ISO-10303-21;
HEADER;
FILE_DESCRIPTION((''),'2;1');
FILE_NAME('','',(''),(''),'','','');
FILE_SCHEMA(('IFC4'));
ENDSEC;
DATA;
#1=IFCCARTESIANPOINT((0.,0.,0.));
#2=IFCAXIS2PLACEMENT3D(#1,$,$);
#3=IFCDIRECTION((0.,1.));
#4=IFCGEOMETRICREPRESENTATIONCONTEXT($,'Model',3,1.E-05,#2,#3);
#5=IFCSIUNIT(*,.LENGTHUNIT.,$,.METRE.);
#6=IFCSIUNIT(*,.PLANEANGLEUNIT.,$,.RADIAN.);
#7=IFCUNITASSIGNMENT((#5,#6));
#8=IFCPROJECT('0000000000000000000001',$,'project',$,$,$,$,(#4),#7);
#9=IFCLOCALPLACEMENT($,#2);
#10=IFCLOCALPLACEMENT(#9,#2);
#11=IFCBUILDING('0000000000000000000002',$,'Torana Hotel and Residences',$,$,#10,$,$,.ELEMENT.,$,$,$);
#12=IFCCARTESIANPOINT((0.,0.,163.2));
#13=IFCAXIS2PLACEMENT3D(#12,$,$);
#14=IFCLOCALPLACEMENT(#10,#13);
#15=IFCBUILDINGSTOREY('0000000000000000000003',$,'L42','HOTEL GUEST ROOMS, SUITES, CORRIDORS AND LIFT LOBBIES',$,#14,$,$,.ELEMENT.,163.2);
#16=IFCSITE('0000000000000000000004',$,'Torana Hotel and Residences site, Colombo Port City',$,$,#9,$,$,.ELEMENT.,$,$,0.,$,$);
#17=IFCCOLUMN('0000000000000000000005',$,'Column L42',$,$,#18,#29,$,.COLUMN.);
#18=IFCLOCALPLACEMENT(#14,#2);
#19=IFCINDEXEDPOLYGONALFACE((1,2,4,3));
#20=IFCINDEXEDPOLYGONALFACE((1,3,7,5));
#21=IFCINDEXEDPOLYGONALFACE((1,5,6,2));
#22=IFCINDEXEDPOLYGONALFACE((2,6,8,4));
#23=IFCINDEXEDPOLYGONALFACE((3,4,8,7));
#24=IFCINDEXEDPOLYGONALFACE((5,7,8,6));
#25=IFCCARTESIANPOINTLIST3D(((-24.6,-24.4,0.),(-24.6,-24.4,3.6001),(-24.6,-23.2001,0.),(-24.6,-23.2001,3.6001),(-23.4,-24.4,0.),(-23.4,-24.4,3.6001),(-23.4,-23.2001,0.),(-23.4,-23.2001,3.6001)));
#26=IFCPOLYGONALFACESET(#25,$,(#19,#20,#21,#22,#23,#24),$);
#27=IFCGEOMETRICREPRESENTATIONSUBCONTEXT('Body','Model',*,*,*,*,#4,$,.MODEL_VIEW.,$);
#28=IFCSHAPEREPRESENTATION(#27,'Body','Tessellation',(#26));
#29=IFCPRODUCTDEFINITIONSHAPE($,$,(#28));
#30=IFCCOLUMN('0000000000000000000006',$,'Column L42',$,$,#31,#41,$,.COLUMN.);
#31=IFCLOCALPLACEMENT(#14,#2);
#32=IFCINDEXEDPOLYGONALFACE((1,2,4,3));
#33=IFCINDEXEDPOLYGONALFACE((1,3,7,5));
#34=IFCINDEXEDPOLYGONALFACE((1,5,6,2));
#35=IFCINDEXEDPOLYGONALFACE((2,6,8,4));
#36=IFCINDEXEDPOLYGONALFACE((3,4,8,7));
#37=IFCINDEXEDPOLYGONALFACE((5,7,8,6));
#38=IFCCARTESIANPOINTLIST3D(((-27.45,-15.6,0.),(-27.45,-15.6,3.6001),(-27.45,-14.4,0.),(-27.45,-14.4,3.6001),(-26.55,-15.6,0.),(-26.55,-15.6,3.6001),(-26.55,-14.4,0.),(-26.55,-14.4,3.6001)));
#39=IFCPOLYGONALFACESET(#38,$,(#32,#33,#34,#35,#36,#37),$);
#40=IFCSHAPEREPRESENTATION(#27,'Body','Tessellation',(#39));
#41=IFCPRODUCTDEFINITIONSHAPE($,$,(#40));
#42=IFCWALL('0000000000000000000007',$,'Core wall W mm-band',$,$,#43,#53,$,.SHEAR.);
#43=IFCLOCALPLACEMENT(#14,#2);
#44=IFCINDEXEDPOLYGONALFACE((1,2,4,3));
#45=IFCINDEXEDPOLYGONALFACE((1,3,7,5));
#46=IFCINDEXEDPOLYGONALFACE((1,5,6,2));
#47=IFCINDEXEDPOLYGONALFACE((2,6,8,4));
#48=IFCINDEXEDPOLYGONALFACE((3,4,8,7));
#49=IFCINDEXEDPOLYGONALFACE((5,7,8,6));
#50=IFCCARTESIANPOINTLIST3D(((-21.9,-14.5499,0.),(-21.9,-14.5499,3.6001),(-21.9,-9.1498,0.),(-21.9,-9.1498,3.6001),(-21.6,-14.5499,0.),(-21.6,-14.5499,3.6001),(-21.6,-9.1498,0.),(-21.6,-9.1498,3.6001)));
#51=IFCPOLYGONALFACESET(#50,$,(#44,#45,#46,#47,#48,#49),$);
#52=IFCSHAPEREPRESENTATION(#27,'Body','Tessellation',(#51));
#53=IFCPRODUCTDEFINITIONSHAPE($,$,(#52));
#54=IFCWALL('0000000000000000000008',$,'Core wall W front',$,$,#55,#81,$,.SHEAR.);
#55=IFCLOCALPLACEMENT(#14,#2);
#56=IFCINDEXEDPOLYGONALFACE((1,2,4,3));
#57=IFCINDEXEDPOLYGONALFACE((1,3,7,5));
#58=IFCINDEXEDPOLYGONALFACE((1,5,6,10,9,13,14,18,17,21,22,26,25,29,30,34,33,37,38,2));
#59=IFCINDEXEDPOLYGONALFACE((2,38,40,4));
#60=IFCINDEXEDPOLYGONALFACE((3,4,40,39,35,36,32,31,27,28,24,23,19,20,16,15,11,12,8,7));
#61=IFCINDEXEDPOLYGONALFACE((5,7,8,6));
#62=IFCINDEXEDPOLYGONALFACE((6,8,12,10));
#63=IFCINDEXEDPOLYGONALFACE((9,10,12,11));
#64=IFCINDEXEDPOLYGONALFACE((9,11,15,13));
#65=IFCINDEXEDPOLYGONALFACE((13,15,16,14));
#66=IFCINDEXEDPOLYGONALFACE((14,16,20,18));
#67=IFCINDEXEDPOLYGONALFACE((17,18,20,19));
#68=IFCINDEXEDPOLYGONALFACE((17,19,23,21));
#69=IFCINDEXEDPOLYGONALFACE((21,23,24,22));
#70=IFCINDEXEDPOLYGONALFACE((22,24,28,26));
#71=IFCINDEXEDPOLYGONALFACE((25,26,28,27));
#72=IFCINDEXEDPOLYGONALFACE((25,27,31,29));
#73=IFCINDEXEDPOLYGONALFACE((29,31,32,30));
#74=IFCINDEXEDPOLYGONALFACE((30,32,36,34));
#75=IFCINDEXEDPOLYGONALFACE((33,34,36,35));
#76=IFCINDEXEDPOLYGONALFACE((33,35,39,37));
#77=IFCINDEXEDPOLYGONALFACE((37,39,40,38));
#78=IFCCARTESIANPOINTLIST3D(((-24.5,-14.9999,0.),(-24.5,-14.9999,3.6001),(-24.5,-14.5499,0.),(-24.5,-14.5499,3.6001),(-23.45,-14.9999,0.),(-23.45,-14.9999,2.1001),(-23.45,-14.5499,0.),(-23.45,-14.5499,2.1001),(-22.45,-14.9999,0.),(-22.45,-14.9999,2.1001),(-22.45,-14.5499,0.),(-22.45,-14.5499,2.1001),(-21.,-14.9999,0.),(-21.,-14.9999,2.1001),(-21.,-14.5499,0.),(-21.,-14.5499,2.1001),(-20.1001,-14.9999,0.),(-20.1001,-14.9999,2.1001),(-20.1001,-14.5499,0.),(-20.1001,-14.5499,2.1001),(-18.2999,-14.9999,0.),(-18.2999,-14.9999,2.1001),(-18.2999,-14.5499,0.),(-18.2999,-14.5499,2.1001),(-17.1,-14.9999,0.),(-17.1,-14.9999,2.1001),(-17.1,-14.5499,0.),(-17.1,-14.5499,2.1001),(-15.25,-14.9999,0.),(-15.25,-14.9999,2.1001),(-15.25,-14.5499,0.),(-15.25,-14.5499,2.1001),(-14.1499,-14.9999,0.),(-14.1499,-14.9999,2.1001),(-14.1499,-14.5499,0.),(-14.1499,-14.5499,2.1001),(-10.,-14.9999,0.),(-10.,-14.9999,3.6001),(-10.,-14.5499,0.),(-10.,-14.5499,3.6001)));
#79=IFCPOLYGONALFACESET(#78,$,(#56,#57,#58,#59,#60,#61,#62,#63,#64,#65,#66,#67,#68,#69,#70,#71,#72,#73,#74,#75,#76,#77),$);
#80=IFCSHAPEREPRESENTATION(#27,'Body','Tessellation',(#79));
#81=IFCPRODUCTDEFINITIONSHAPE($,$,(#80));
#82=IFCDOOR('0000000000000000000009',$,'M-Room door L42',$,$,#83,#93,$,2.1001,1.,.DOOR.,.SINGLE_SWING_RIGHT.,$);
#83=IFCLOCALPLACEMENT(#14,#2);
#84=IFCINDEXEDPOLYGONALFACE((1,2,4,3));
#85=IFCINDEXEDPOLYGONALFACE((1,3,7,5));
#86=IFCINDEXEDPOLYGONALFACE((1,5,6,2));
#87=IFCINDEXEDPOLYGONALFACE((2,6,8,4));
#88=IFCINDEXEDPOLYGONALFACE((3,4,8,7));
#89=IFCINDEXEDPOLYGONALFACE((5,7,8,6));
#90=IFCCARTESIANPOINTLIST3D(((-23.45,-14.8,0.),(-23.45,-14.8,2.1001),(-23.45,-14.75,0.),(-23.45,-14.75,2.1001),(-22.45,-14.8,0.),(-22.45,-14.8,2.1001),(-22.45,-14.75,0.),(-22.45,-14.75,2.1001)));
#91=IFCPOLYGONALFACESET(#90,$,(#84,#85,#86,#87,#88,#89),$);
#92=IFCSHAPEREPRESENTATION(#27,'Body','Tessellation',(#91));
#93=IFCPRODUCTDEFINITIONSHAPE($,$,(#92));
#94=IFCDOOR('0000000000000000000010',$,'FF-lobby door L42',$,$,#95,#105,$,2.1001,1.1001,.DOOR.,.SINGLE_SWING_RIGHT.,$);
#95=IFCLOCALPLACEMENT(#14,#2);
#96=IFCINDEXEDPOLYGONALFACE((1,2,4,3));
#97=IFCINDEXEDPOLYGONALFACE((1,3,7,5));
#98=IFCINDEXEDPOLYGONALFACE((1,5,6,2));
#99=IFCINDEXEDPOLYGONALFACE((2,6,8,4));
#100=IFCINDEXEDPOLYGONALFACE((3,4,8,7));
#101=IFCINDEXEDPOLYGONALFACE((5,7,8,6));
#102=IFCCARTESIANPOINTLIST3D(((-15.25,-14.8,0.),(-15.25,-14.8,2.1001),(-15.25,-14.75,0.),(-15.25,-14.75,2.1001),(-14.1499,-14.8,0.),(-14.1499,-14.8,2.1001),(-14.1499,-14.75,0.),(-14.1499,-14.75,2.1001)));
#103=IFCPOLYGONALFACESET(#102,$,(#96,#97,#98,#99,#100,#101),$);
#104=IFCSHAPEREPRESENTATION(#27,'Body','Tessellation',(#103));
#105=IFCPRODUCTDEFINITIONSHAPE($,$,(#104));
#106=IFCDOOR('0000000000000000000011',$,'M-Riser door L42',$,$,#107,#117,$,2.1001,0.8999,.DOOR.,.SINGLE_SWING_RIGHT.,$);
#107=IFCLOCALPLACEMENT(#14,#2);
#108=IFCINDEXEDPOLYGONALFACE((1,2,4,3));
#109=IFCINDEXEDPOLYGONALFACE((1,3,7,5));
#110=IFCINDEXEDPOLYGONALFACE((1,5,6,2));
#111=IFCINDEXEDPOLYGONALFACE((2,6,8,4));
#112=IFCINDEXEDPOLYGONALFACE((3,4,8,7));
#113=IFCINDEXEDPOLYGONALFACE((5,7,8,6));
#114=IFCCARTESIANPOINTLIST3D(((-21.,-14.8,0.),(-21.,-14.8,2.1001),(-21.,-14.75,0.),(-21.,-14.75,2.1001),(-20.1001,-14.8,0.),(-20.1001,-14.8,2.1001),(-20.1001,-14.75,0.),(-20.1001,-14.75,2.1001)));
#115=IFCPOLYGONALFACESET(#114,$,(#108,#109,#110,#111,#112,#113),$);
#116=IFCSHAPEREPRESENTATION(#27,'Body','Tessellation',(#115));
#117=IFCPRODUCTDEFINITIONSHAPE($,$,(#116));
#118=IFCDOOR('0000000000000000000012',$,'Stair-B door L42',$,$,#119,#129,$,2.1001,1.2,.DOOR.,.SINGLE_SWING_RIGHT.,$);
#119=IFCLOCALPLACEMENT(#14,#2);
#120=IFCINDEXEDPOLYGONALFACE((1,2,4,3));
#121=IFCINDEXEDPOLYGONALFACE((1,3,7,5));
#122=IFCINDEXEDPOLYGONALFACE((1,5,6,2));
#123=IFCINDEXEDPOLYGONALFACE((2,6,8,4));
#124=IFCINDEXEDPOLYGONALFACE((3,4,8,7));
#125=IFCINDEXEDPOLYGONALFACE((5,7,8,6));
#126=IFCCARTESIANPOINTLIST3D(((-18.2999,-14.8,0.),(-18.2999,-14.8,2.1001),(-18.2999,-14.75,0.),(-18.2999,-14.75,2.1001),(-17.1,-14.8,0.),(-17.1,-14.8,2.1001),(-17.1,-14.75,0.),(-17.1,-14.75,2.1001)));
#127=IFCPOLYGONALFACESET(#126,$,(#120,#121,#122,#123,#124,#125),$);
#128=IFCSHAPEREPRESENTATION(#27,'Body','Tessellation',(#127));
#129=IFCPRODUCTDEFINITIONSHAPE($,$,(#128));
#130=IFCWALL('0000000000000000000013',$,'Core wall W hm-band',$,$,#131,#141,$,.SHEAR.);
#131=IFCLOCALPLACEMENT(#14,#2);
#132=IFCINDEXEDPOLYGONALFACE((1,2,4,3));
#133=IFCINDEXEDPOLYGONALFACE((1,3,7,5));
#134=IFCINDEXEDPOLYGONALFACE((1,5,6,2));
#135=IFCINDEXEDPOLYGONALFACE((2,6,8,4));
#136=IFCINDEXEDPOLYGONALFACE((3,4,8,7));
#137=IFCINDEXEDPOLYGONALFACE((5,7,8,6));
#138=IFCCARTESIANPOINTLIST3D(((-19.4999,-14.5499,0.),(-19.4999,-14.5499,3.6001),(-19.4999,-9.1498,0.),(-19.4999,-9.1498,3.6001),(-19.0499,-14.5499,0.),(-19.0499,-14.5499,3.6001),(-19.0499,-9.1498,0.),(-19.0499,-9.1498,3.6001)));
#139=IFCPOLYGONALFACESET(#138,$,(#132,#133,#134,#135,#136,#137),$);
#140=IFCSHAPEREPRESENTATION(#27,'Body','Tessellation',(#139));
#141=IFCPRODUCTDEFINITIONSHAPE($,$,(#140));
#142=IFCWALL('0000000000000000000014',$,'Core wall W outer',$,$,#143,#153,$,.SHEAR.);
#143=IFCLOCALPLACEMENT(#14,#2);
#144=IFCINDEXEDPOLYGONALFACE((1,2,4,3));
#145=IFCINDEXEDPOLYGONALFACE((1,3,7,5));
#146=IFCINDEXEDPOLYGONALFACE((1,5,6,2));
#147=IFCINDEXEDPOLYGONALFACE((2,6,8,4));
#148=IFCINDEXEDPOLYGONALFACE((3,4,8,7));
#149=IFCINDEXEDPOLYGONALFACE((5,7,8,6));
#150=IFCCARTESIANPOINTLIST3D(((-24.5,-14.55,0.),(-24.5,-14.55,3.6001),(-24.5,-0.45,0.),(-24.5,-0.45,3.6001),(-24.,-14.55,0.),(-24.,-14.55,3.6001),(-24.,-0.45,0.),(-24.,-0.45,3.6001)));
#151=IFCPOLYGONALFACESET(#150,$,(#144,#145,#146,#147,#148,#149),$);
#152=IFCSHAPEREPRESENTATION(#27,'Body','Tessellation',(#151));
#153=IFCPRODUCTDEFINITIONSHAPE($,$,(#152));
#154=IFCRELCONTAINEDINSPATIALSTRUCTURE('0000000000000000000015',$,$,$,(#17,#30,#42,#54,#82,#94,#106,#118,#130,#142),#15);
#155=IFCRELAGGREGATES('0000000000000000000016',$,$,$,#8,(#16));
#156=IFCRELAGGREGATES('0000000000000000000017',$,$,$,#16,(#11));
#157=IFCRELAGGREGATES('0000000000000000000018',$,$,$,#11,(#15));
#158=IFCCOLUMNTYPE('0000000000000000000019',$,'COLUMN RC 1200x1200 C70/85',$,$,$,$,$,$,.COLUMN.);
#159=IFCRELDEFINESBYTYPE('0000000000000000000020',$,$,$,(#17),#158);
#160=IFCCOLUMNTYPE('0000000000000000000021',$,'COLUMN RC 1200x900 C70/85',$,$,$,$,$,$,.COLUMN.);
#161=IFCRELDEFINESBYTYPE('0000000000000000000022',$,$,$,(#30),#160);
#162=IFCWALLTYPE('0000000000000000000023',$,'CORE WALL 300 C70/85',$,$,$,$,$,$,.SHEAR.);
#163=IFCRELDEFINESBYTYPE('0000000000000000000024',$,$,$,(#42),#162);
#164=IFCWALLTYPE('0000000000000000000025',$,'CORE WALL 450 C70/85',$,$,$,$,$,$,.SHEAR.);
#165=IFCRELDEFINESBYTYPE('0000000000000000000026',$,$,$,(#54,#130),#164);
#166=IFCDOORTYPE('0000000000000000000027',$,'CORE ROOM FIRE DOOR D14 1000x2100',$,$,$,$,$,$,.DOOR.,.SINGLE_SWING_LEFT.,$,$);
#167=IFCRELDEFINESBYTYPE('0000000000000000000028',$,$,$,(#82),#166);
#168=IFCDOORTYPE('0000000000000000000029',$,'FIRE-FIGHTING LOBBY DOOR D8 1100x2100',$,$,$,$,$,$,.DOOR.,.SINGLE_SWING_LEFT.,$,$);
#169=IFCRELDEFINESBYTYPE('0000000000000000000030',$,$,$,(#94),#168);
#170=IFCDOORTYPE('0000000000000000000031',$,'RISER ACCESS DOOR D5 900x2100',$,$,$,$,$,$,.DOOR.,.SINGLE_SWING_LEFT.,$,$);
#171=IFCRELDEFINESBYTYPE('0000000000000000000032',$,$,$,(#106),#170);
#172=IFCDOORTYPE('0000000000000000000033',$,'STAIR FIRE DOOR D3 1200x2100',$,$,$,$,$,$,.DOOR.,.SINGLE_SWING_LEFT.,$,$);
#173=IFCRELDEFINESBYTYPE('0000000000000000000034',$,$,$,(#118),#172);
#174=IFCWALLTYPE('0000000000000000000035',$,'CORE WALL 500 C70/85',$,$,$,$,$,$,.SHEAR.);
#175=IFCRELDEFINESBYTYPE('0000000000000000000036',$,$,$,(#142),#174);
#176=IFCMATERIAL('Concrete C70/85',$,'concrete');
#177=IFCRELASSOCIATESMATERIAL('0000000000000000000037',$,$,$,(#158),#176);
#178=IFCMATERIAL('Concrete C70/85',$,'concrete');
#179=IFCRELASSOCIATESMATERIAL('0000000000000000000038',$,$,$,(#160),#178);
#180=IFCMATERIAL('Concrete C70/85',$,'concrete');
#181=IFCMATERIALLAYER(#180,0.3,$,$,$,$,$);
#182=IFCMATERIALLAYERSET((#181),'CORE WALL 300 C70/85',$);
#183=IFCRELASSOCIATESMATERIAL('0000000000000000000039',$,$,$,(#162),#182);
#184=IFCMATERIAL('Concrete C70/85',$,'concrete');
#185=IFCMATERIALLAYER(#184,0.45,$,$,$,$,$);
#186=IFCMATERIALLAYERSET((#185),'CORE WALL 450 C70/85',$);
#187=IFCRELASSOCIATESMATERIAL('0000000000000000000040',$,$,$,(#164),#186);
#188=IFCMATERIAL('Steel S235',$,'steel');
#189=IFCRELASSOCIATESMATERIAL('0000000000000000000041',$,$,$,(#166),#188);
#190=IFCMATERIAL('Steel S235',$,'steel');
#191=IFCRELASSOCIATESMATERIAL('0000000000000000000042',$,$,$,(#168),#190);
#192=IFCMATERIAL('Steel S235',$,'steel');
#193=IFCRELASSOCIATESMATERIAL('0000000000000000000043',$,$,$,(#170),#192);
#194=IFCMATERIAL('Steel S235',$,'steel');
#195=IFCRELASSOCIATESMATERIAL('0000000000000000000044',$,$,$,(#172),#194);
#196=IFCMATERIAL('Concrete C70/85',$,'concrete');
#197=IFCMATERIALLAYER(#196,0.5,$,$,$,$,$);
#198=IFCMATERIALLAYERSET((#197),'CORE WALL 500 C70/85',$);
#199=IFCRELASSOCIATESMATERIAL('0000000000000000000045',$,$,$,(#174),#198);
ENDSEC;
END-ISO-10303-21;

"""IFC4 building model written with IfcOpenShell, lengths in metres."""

from ifc_helpers import new_model, si_unit, direction, frame, frame_2d, origin, origin_2d, place, context, subcontext, project, spatial, rectangle, extrude, material, layer, layer_set, material_profile, profile_set, type_object, element, fill, save


model = new_model("IFC4")

# Units and contexts
model_context = context("Model", 3, precision=1e-05, world=origin(), true_north=direction((0.0, 1.0)))
body_context = subcontext(model_context, "Body", "Model", "MODEL_VIEW")
ifc_project = project(units=[si_unit("LENGTHUNIT", "METRE"), si_unit("PLANEANGLEUNIT", "RADIAN")], contexts=[model_context])

# Site, building, storey
site_placement = place(None, origin())
site = spatial("IfcSite", under=ifc_project, at=site_placement, Name="Torana Hotel and Residences site, Colombo Port City", CompositionType="ELEMENT", RefElevation=0.0)
building_placement = place(site_placement, origin())
building = spatial("IfcBuilding", under=site, at=building_placement, Name="Torana Hotel and Residences", CompositionType="ELEMENT")
storey_placement = place(building_placement, frame((0.0, 0.0, 163.2)))
storey = spatial("IfcBuildingStorey", under=building, at=storey_placement, Name="L42", Description="HOTEL GUEST ROOMS, SUITES, CORRIDORS AND LIFT LOBBIES", CompositionType="ELEMENT", Elevation=163.2)

# Columns
ifc_material_1 = material(Name="Concrete C70/85", Category="concrete")
ifc_material_profile_1 = material_profile(ifc_material_1, rectangle(XDim=1.2, YDim=1.2, at=origin_2d()), Name="RC 1200x1200")
ifc_profile_set_1 = profile_set([ifc_material_profile_1], Name="Concrete C70/85")
column_type_1 = type_object("IfcColumnType", Name="COLUMN RC 1200x1200 C70/85", PredefinedType="COLUMN", material=ifc_profile_set_1)
column_1_placement = place(storey_placement, frame((-24.0, -23.8, 0.0), z_axis=(0.0, 0.0, 1.0), x_axis=(1.0, 0.0, 0.0)))
element("IfcColumn", 1, at=column_1_placement, inside=storey, type_object=column_type_1, Name="Column L42", PredefinedType="COLUMN", context=body_context, shape_type="SweptSolid", body=[
    extrude(rectangle(XDim=1.2, YDim=1.2, at=origin_2d()), origin(), (0.0, 0.0, 1.0), 3.6001),
])
ifc_material_2 = material(Name="Concrete C70/85", Category="concrete")
ifc_material_profile_2 = material_profile(ifc_material_2, rectangle(XDim=1.2, YDim=0.8999, at=origin_2d()), Name="RC 1200x900")
ifc_profile_set_2 = profile_set([ifc_material_profile_2], Name="Concrete C70/85")
column_type_2 = type_object("IfcColumnType", Name="COLUMN RC 1200x900 C70/85", PredefinedType="COLUMN", material=ifc_profile_set_2)
column_2_placement = place(storey_placement, frame((-27.0, -15.0, 0.0), z_axis=(0.0, 0.0, 1.0), x_axis=(0.0, 1.0, 0.0)))
element("IfcColumn", 2, at=column_2_placement, inside=storey, type_object=column_type_2, Name="Column L42", PredefinedType="COLUMN", context=body_context, shape_type="SweptSolid", body=[
    extrude(rectangle(XDim=1.2, YDim=0.8999, at=origin_2d()), origin(), (0.0, 0.0, 1.0), 3.6001),
])

# Wall
ifc_material_3 = material(Name="Concrete C70/85", Category="concrete")
ifc_layer_1 = layer(ifc_material_3, 0.3)
ifc_layer_set_1 = layer_set([ifc_layer_1], Name="CORE WALL 300 C70/85")
wall_type_1 = type_object("IfcWallType", Name="CORE WALL 300 C70/85", PredefinedType="SHEAR", material=ifc_layer_set_1)
wall_1_placement = place(storey_placement, frame((-21.75, -14.55, 0.0), z_axis=(0.0, 0.0, 1.0), x_axis=(0.0, 1.0, 0.0)))
element("IfcWall", 3, at=wall_1_placement, inside=storey, type_object=wall_type_1, Name="Core wall W mm-band", PredefinedType="SHEAR", context=body_context, shape_type="SweptSolid", body=[
    extrude(rectangle(XDim=5.4001, YDim=0.3, at=frame_2d((2.7002, 0.0))), origin(), (0.0, 0.0, 1.0), 3.6001),
])

# Wall, openings, doors
ifc_material_4 = material(Name="Concrete C70/85", Category="concrete")
ifc_layer_2 = layer(ifc_material_4, 0.45)
ifc_layer_set_2 = layer_set([ifc_layer_2], Name="CORE WALL 450 C70/85")
wall_type_2 = type_object("IfcWallType", Name="CORE WALL 450 C70/85", PredefinedType="SHEAR", material=ifc_layer_set_2)
wall_2_placement = place(storey_placement, frame((-24.5, -14.7749, 0.0), z_axis=(0.0, 0.0, 1.0), x_axis=(1.0, 0.0, 0.0)))
wall_2 = element("IfcWall", 4, at=wall_2_placement, inside=storey, type_object=wall_type_2, Name="Core wall W front", PredefinedType="SHEAR", context=body_context, shape_type="SweptSolid", body=[
    extrude(rectangle(XDim=14.5, YDim=0.45, at=frame_2d((7.25, 0.0))), origin(), (0.0, 0.0, 1.0), 3.6001),
])
opening_1_placement = place(wall_2_placement, frame((6.2, 0.0, 0.0)))
opening_1 = element("IfcOpeningElement", 5, at=opening_1_placement, cuts=wall_2, PredefinedType="OPENING", context=body_context, shape_type="SweptSolid", body=[
    extrude(rectangle(XDim=1.2, YDim=2.1001, at=frame_2d((0.6001, 1.05))), frame((0.0, 0.2349, 0.0), z_axis=(0.0, -1.0, 0.0), x_axis=(1.0, 0.0, 0.0)), (0.0, 0.0, 1.0), 0.47),
])
opening_2_placement = place(wall_2_placement, frame((9.25, 0.0, 0.0)))
opening_2 = element("IfcOpeningElement", 6, at=opening_2_placement, cuts=wall_2, PredefinedType="OPENING", context=body_context, shape_type="SweptSolid", body=[
    extrude(rectangle(XDim=1.1001, YDim=2.1001, at=frame_2d((0.55, 1.05))), frame((0.0, 0.2349, 0.0), z_axis=(0.0, -1.0, 0.0), x_axis=(1.0, 0.0, 0.0)), (0.0, 0.0, 1.0), 0.47),
])
opening_3_placement = place(wall_2_placement, frame((3.5, 0.0, 0.0)))
opening_3 = element("IfcOpeningElement", 7, at=opening_3_placement, cuts=wall_2, PredefinedType="OPENING", context=body_context, shape_type="SweptSolid", body=[
    extrude(rectangle(XDim=0.8999, YDim=2.1001, at=frame_2d((0.45, 1.05))), frame((0.0, 0.2349, 0.0), z_axis=(0.0, -1.0, 0.0), x_axis=(1.0, 0.0, 0.0)), (0.0, 0.0, 1.0), 0.47),
])
opening_4_placement = place(wall_2_placement, frame((1.05, 0.0, 0.0)))
opening_4 = element("IfcOpeningElement", 8, at=opening_4_placement, cuts=wall_2, PredefinedType="OPENING", context=body_context, shape_type="SweptSolid", body=[
    extrude(rectangle(XDim=1.0, YDim=2.1001, at=frame_2d((0.5, 1.05))), frame((0.0, 0.2349, 0.0), z_axis=(0.0, -1.0, 0.0), x_axis=(1.0, 0.0, 0.0)), (0.0, 0.0, 1.0), 0.47),
])
ifc_material_5 = material(Name="Steel S235", Category="steel")
door_type_1 = type_object("IfcDoorType", Name="CORE ROOM FIRE DOOR D14 1000x2100", OperationType="SINGLE_SWING_LEFT", PredefinedType="DOOR", material=ifc_material_5)
door_1_placement = place(opening_4_placement, origin())
door_1 = element("IfcDoor", 9, at=door_1_placement, inside=storey, type_object=door_type_1, Name="M-Room door L42", OperationType="SINGLE_SWING_RIGHT", OverallHeight=2.1001, OverallWidth=1.0, PredefinedType="DOOR", context=body_context, shape_type="SweptSolid", body=[
    extrude(rectangle(XDim=1.0, YDim=2.1001, at=frame_2d((0.5, 1.05))), frame((0.0, 0.0249, 0.0), z_axis=(0.0, -1.0, 0.0), x_axis=(1.0, 0.0, 0.0)), (0.0, 0.0, 1.0), 0.05),
])
fill(opening_4, door_1)
ifc_material_6 = material(Name="Steel S235", Category="steel")
door_type_2 = type_object("IfcDoorType", Name="FIRE-FIGHTING LOBBY DOOR D8 1100x2100", OperationType="SINGLE_SWING_LEFT", PredefinedType="DOOR", material=ifc_material_6)
door_2_placement = place(opening_2_placement, origin())
door_2 = element("IfcDoor", 10, at=door_2_placement, inside=storey, type_object=door_type_2, Name="FF-lobby door L42", OperationType="SINGLE_SWING_RIGHT", OverallHeight=2.1001, OverallWidth=1.1001, PredefinedType="DOOR", context=body_context, shape_type="SweptSolid", body=[
    extrude(rectangle(XDim=1.1001, YDim=2.1001, at=frame_2d((0.55, 1.05))), frame((0.0, 0.0249, 0.0), z_axis=(0.0, -1.0, 0.0), x_axis=(1.0, 0.0, 0.0)), (0.0, 0.0, 1.0), 0.05),
])
fill(opening_2, door_2)
ifc_material_7 = material(Name="Steel S235", Category="steel")
door_type_3 = type_object("IfcDoorType", Name="RISER ACCESS DOOR D5 900x2100", OperationType="SINGLE_SWING_LEFT", PredefinedType="DOOR", material=ifc_material_7)
door_3_placement = place(opening_3_placement, origin())
door_3 = element("IfcDoor", 11, at=door_3_placement, inside=storey, type_object=door_type_3, Name="M-Riser door L42", OperationType="SINGLE_SWING_RIGHT", OverallHeight=2.1001, OverallWidth=0.8999, PredefinedType="DOOR", context=body_context, shape_type="SweptSolid", body=[
    extrude(rectangle(XDim=0.8999, YDim=2.1001, at=frame_2d((0.45, 1.05))), frame((0.0, 0.0249, 0.0), z_axis=(0.0, -1.0, 0.0), x_axis=(1.0, 0.0, 0.0)), (0.0, 0.0, 1.0), 0.05),
])
fill(opening_3, door_3)
ifc_material_8 = material(Name="Steel S235", Category="steel")
door_type_4 = type_object("IfcDoorType", Name="STAIR FIRE DOOR D3 1200x2100", OperationType="SINGLE_SWING_LEFT", PredefinedType="DOOR", material=ifc_material_8)
door_4_placement = place(opening_1_placement, origin())
door_4 = element("IfcDoor", 12, at=door_4_placement, inside=storey, type_object=door_type_4, Name="Stair-B door L42", OperationType="SINGLE_SWING_RIGHT", OverallHeight=2.1001, OverallWidth=1.2, PredefinedType="DOOR", context=body_context, shape_type="SweptSolid", body=[
    extrude(rectangle(XDim=1.2, YDim=2.1001, at=frame_2d((0.6001, 1.05))), frame((0.0, 0.0249, 0.0), z_axis=(0.0, -1.0, 0.0), x_axis=(1.0, 0.0, 0.0)), (0.0, 0.0, 1.0), 0.05),
])
fill(opening_1, door_4)

# Walls
wall_3_placement = place(storey_placement, frame((-19.2749, -14.55, 0.0), z_axis=(0.0, 0.0, 1.0), x_axis=(0.0, 1.0, 0.0)))
element("IfcWall", 13, at=wall_3_placement, inside=storey, type_object=wall_type_2, Name="Core wall W hm-band", PredefinedType="SHEAR", context=body_context, shape_type="SweptSolid", body=[
    extrude(rectangle(XDim=5.4001, YDim=0.45, at=frame_2d((2.7002, 0.0))), origin(), (0.0, 0.0, 1.0), 3.6001),
])
ifc_material_9 = material(Name="Concrete C70/85", Category="concrete")
ifc_layer_3 = layer(ifc_material_9, 0.5)
ifc_layer_set_3 = layer_set([ifc_layer_3], Name="CORE WALL 500 C70/85")
wall_type_3 = type_object("IfcWallType", Name="CORE WALL 500 C70/85", PredefinedType="SHEAR", material=ifc_layer_set_3)
wall_4_placement = place(storey_placement, frame((-24.25, -14.55, 0.0), z_axis=(0.0, 0.0, 1.0), x_axis=(0.0, 1.0, 0.0)))
element("IfcWall", 14, at=wall_4_placement, inside=storey, type_object=wall_type_3, Name="Core wall W outer", PredefinedType="SHEAR", context=body_context, shape_type="SweptSolid", body=[
    extrude(rectangle(XDim=14.1001, YDim=0.5, at=frame_2d((7.05, 0.0))), origin(), (0.0, 0.0, 1.0), 3.6001),
])

save(model, "model.ifc")
